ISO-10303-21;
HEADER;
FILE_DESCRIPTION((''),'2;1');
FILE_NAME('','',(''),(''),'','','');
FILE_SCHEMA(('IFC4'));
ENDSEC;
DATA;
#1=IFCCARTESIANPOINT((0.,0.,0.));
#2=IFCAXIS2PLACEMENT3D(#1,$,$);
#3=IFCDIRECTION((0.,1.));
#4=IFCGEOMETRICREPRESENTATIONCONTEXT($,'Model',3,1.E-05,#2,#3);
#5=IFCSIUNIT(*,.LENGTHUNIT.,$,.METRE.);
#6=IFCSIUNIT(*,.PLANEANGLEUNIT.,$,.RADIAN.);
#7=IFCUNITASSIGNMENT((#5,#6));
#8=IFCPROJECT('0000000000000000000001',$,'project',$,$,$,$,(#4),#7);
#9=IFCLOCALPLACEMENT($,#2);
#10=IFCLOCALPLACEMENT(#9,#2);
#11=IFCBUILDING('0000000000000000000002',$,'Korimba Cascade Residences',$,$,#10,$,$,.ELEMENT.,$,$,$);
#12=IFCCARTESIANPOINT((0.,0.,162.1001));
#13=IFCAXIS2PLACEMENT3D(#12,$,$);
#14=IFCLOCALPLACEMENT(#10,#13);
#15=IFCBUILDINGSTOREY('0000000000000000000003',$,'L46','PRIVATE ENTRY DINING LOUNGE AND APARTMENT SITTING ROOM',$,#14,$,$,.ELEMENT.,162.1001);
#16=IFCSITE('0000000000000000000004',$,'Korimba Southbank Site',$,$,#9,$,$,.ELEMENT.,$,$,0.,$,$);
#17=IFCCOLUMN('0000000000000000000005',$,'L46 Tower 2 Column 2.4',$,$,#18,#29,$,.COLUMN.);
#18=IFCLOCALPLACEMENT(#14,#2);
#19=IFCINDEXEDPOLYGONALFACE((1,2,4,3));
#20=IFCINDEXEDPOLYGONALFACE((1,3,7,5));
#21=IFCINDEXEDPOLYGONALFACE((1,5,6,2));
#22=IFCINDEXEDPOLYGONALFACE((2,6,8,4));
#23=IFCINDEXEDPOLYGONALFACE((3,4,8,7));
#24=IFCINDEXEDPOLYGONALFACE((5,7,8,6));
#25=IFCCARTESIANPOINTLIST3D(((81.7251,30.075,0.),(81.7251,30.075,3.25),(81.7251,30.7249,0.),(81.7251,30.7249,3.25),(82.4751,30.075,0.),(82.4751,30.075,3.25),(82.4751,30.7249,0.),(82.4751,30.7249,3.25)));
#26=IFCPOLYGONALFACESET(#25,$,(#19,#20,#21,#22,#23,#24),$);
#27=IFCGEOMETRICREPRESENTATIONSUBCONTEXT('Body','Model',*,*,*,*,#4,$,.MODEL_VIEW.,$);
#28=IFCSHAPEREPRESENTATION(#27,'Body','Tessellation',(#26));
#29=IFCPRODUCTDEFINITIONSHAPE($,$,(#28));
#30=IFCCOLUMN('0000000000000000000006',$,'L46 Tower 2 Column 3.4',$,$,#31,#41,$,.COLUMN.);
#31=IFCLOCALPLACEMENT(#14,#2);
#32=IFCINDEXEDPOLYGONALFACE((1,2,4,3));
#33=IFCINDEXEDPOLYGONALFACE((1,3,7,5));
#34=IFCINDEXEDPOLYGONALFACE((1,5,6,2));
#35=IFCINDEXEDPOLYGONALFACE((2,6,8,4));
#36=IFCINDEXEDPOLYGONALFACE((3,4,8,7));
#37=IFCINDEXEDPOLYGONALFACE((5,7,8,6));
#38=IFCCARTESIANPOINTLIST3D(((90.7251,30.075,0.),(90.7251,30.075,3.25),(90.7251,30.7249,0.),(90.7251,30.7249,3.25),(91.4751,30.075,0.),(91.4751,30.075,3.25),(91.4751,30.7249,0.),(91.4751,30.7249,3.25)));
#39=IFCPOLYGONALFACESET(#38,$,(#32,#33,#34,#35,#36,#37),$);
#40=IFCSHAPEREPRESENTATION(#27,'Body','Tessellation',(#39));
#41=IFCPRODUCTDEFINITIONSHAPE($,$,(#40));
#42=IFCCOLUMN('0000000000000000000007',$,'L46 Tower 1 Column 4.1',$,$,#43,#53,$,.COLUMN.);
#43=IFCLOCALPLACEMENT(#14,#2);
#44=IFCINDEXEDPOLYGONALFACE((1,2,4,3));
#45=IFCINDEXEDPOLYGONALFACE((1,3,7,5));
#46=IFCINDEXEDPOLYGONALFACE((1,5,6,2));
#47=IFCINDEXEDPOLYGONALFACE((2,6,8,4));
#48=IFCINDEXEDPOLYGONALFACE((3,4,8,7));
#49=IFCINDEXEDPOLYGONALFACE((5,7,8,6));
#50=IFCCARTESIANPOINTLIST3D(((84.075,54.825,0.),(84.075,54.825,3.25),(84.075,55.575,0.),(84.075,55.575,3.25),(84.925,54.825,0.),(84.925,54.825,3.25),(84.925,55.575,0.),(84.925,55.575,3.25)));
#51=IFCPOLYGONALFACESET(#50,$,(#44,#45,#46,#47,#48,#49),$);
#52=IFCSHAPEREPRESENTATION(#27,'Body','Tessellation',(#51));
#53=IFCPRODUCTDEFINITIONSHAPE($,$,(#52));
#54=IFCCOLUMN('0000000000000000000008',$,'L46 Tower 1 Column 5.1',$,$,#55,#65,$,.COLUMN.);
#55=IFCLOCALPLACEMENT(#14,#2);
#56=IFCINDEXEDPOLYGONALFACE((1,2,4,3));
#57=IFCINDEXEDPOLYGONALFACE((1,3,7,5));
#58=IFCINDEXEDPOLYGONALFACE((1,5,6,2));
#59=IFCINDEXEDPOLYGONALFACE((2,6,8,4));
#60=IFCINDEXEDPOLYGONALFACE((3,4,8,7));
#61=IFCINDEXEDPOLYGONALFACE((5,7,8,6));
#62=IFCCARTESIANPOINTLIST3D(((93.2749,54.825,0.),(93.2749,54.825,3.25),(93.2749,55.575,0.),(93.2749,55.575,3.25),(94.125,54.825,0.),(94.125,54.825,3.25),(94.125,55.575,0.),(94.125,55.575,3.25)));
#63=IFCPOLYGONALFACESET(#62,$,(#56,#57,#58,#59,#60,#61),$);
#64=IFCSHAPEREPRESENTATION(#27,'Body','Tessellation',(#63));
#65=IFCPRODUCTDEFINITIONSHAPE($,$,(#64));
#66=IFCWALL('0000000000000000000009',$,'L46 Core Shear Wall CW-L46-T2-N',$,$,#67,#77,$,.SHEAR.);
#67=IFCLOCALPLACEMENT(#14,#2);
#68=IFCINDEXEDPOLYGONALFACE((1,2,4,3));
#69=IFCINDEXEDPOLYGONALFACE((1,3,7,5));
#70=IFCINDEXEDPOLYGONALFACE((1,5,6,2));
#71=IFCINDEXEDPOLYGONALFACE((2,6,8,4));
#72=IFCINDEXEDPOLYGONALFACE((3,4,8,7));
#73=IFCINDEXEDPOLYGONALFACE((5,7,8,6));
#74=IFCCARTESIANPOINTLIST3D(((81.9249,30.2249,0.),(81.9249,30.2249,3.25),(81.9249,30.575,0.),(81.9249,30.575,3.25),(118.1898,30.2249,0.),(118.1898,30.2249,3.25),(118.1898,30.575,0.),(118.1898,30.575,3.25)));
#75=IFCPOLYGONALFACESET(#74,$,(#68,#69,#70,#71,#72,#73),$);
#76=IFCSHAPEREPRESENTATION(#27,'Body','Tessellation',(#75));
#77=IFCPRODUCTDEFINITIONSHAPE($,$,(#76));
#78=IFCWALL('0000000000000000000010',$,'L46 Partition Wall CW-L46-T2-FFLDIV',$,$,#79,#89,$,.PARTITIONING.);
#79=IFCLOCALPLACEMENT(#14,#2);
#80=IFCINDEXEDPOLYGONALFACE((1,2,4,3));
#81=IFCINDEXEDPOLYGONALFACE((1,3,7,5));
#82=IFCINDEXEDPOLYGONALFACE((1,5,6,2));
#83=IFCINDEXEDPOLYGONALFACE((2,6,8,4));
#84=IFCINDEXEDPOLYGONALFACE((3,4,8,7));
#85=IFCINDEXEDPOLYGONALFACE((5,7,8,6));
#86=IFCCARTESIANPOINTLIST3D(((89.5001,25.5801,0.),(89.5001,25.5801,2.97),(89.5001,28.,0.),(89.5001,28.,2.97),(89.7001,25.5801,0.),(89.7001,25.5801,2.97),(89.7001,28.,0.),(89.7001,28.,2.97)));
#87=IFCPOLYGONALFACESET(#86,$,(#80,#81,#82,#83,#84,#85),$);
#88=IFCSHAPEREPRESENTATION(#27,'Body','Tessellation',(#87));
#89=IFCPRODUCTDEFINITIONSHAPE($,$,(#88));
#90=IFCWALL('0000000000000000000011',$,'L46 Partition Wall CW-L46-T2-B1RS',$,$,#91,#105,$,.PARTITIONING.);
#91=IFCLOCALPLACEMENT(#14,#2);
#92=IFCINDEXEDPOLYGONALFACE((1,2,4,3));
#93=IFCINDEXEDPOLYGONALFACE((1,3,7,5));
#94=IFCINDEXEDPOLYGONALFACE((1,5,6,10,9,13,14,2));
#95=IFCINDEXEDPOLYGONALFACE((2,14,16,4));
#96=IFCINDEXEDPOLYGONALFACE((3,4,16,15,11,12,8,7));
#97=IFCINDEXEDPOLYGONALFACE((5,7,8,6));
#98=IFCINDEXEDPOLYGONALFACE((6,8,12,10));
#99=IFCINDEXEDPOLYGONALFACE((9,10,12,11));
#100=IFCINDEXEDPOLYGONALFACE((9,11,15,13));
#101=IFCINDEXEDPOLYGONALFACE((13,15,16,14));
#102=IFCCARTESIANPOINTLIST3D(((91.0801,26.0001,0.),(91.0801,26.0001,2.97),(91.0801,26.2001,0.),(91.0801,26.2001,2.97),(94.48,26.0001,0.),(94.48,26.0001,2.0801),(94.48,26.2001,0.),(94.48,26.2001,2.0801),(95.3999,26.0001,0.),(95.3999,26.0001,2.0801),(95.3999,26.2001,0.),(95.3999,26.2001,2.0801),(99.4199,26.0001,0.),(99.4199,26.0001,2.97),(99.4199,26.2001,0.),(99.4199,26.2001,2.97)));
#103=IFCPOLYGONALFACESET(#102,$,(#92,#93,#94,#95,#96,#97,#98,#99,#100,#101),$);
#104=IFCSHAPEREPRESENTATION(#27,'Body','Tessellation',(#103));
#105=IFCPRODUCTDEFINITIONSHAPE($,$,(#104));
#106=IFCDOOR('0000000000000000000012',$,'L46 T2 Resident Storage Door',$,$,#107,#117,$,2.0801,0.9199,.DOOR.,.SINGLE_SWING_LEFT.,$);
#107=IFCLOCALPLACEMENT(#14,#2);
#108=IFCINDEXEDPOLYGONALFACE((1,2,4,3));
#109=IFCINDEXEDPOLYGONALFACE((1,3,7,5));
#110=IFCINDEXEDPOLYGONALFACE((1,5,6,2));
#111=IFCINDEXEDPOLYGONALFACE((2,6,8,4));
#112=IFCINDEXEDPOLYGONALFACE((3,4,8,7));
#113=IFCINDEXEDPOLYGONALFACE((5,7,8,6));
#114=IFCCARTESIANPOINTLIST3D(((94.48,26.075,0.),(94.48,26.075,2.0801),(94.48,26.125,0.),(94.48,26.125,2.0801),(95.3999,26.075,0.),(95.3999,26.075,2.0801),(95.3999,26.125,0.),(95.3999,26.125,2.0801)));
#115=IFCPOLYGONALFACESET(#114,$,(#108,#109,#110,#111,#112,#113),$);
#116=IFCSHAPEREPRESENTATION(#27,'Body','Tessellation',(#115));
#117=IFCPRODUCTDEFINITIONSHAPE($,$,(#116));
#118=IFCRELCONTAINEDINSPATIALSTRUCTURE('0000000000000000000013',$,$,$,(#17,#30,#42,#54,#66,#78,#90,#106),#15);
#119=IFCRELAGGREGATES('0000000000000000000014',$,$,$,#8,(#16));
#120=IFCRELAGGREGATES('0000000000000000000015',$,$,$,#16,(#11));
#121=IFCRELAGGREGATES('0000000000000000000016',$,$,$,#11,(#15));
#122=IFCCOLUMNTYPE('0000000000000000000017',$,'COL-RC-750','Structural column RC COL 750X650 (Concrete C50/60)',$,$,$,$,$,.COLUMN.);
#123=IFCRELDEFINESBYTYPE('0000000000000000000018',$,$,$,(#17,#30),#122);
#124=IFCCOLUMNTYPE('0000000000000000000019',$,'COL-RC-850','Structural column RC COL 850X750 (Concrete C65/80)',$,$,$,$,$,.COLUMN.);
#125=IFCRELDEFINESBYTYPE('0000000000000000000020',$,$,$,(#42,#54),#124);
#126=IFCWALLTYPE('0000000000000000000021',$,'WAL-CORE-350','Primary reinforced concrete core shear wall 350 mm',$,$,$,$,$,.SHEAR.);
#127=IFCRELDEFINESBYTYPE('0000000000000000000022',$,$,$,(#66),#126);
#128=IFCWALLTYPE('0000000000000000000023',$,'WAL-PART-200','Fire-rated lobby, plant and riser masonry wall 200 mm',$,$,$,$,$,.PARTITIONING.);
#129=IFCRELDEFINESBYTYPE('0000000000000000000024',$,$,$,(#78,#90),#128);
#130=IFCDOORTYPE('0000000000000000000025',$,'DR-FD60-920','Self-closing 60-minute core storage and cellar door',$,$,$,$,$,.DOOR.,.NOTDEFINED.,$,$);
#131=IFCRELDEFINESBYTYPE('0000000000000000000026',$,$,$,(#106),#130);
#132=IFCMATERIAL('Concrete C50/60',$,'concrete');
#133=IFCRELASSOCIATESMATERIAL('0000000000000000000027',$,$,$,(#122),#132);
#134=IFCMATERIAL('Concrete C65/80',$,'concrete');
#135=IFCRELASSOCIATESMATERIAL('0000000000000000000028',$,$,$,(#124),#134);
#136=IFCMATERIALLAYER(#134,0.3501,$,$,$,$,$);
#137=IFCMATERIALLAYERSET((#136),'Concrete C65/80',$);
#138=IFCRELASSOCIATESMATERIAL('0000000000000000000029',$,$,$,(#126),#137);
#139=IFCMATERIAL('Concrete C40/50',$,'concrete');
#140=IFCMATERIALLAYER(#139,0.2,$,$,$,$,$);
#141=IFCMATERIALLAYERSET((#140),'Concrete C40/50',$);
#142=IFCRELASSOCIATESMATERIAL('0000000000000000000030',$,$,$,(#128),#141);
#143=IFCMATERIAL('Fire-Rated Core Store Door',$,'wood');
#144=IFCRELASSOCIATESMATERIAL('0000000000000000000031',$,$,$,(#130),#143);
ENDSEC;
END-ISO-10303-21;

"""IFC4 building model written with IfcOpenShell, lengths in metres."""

from ifc_helpers import new_model, si_unit, direction, frame, frame_2d, origin, origin_2d, place, context, subcontext, project, spatial, rectangle, extrude, material, layer, layer_set, material_profile, profile_set, type_object, element, fill, save


model = new_model("IFC4")

# Units and contexts
model_context = context("Model", 3, precision=1e-05, world=origin(), true_north=direction((0.0, 1.0)))
body_context = subcontext(model_context, "Body", "Model", "MODEL_VIEW")
ifc_project = project(units=[si_unit("LENGTHUNIT", "METRE"), si_unit("PLANEANGLEUNIT", "RADIAN")], contexts=[model_context])

# Site, building, storey
site_placement = place(None, origin())
site = spatial("IfcSite", under=ifc_project, at=site_placement, Name="Korimba Southbank Site", CompositionType="ELEMENT", RefElevation=0.0)
building_placement = place(site_placement, origin())
building = spatial("IfcBuilding", under=site, at=building_placement, Name="Korimba Cascade Residences", CompositionType="ELEMENT")
storey_placement = place(building_placement, frame((0.0, 0.0, 162.1001)))
storey = spatial("IfcBuildingStorey", under=building, at=storey_placement, Name="L46", Description="PRIVATE ENTRY DINING LOUNGE AND APARTMENT SITTING ROOM", CompositionType="ELEMENT", Elevation=162.1001)

# Columns
ifc_material_1 = material(Name="Concrete C50/60", Category="concrete")
ifc_material_profile_1 = material_profile(ifc_material_1, rectangle(XDim=0.75, YDim=0.6499, at=origin_2d()), Name="Concrete C50/60")
ifc_profile_set_1 = profile_set([ifc_material_profile_1], Name="Concrete C50/60")
column_type_1 = type_object("IfcColumnType", Name="COL-RC-750", Description="Structural column RC COL 750X650 (Concrete C50/60)", PredefinedType="COLUMN", material=ifc_profile_set_1)
for number, where, z_axis, x_axis, name in (
    (1, (82.1001, 30.3999, 0.0), (0.0, 0.0, 1.0), (1.0, 0.0, 0.0), "L46 Tower 2 Column 2.4"),
    (2, (91.1001, 30.3999, 0.0), (0.0, 0.0, 1.0), (1.0, 0.0, 0.0), "L46 Tower 2 Column 3.4"),
):
    element("IfcColumn", number, at=place(storey_placement, frame(where, z_axis=z_axis, x_axis=x_axis)), inside=storey, type_object=column_type_1, Name=name, PredefinedType="COLUMN", context=body_context, shape_type="SweptSolid", body=[
        extrude(rectangle(XDim=0.75, YDim=0.6499, at=origin_2d()), origin(), (0.0, 0.0, 1.0), 3.25),
    ])
ifc_material_2 = material(Name="Concrete C65/80", Category="concrete")
ifc_material_profile_2 = material_profile(ifc_material_2, rectangle(XDim=0.8501, YDim=0.75, at=origin_2d()), Name="Concrete C65/80")
ifc_profile_set_2 = profile_set([ifc_material_profile_2], Name="Concrete C65/80")
column_type_2 = type_object("IfcColumnType", Name="COL-RC-850", Description="Structural column RC COL 850X750 (Concrete C65/80)", PredefinedType="COLUMN", material=ifc_profile_set_2)
for number, where, z_axis, x_axis, name in (
    (3, (84.5, 55.2, 0.0), (0.0, 0.0, 1.0), (1.0, 0.0, 0.0), "L46 Tower 1 Column 4.1"),
    (4, (93.7, 55.2, 0.0), (0.0, 0.0, 1.0), (1.0, 0.0, 0.0), "L46 Tower 1 Column 5.1"),
):
    element("IfcColumn", number, at=place(storey_placement, frame(where, z_axis=z_axis, x_axis=x_axis)), inside=storey, type_object=column_type_2, Name=name, PredefinedType="COLUMN", context=body_context, shape_type="SweptSolid", body=[
        extrude(rectangle(XDim=0.8501, YDim=0.75, at=origin_2d()), origin(), (0.0, 0.0, 1.0), 3.25),
    ])

# Walls
ifc_layer_1 = layer(ifc_material_2, 0.3501)
ifc_layer_set_1 = layer_set([ifc_layer_1], Name="Concrete C65/80")
wall_type_1 = type_object("IfcWallType", Name="WAL-CORE-350", Description="Primary reinforced concrete core shear wall 350 mm", PredefinedType="SHEAR", material=ifc_layer_set_1)
wall_1_placement = place(storey_placement, frame((81.925, 30.3999, 0.0), z_axis=(0.0, 0.0, 1.0), x_axis=(1.0, 0.0, 0.0)))
element("IfcWall", 5, at=wall_1_placement, inside=storey, type_object=wall_type_1, Name="L46 Core Shear Wall CW-L46-T2-N", PredefinedType="SHEAR", context=body_context, shape_type="SweptSolid", body=[
    extrude(rectangle(XDim=36.2649, YDim=0.3501, at=frame_2d((18.1323, 0.0))), origin(), (0.0, 0.0, 1.0), 3.25),
])
ifc_material_3 = material(Name="Concrete C40/50", Category="concrete")
ifc_layer_2 = layer(ifc_material_3, 0.2)
ifc_layer_set_2 = layer_set([ifc_layer_2], Name="Concrete C40/50")
wall_type_2 = type_object("IfcWallType", Name="WAL-PART-200", Description="Fire-rated lobby, plant and riser masonry wall 200 mm", PredefinedType="PARTITIONING", material=ifc_layer_set_2)
wall_2_placement = place(storey_placement, frame((89.6001, 25.5801, 0.0), z_axis=(0.0, 0.0, 1.0), x_axis=(0.0, 1.0, 0.0)))
element("IfcWall", 6, at=wall_2_placement, inside=storey, type_object=wall_type_2, Name="L46 Partition Wall CW-L46-T2-FFLDIV", PredefinedType="PARTITIONING", context=body_context, shape_type="SweptSolid", body=[
    extrude(rectangle(XDim=2.4199, YDim=0.2, at=frame_2d((1.21, 0.0))), origin(), (0.0, 0.0, 1.0), 2.97),
])

# Wall, opening, door
wall_3_placement = place(storey_placement, frame((91.0801, 26.1001, 0.0), z_axis=(0.0, 0.0, 1.0), x_axis=(1.0, 0.0, 0.0)))
wall_3 = element("IfcWall", 7, at=wall_3_placement, inside=storey, type_object=wall_type_2, Name="L46 Partition Wall CW-L46-T2-B1RS", PredefinedType="PARTITIONING", context=body_context, shape_type="SweptSolid", body=[
    extrude(rectangle(XDim=8.3398, YDim=0.2, at=frame_2d((4.1699, 0.0))), origin(), (0.0, 0.0, 1.0), 2.97),
])
opening_1_placement = place(wall_3_placement, frame((3.3999, 0.0, 0.0)))
opening_1 = element("IfcOpeningElement", 8, at=opening_1_placement, cuts=wall_3, PredefinedType="OPENING", context=body_context, shape_type="SweptSolid", body=[
    extrude(rectangle(XDim=0.9199, YDim=2.0801, at=frame_2d((0.46, 1.04))), frame((0.0, 0.1099, 0.0), z_axis=(0.0, -1.0, 0.0), x_axis=(1.0, 0.0, 0.0)), (0.0, 0.0, 1.0), 0.22),
])
ifc_material_4 = material(Name="Fire-Rated Core Store Door", Category="wood")
door_type_1 = type_object("IfcDoorType", Name="DR-FD60-920", Description="Self-closing 60-minute core storage and cellar door", OperationType="NOTDEFINED", PredefinedType="DOOR", material=ifc_material_4)
door_1_placement = place(opening_1_placement, origin())
door_1 = element("IfcDoor", 9, at=door_1_placement, inside=storey, type_object=door_type_1, Name="L46 T2 Resident Storage Door", OperationType="SINGLE_SWING_LEFT", OverallHeight=2.0801, OverallWidth=0.9199, PredefinedType="DOOR", context=body_context, shape_type="SweptSolid", body=[
    extrude(rectangle(XDim=0.9199, YDim=2.0801, at=frame_2d((0.46, 1.04))), frame((0.0, 0.0249, 0.0), z_axis=(0.0, -1.0, 0.0), x_axis=(1.0, 0.0, 0.0)), (0.0, 0.0, 1.0), 0.05),
])
fill(opening_1, door_1)

save(model, "model.ifc")
